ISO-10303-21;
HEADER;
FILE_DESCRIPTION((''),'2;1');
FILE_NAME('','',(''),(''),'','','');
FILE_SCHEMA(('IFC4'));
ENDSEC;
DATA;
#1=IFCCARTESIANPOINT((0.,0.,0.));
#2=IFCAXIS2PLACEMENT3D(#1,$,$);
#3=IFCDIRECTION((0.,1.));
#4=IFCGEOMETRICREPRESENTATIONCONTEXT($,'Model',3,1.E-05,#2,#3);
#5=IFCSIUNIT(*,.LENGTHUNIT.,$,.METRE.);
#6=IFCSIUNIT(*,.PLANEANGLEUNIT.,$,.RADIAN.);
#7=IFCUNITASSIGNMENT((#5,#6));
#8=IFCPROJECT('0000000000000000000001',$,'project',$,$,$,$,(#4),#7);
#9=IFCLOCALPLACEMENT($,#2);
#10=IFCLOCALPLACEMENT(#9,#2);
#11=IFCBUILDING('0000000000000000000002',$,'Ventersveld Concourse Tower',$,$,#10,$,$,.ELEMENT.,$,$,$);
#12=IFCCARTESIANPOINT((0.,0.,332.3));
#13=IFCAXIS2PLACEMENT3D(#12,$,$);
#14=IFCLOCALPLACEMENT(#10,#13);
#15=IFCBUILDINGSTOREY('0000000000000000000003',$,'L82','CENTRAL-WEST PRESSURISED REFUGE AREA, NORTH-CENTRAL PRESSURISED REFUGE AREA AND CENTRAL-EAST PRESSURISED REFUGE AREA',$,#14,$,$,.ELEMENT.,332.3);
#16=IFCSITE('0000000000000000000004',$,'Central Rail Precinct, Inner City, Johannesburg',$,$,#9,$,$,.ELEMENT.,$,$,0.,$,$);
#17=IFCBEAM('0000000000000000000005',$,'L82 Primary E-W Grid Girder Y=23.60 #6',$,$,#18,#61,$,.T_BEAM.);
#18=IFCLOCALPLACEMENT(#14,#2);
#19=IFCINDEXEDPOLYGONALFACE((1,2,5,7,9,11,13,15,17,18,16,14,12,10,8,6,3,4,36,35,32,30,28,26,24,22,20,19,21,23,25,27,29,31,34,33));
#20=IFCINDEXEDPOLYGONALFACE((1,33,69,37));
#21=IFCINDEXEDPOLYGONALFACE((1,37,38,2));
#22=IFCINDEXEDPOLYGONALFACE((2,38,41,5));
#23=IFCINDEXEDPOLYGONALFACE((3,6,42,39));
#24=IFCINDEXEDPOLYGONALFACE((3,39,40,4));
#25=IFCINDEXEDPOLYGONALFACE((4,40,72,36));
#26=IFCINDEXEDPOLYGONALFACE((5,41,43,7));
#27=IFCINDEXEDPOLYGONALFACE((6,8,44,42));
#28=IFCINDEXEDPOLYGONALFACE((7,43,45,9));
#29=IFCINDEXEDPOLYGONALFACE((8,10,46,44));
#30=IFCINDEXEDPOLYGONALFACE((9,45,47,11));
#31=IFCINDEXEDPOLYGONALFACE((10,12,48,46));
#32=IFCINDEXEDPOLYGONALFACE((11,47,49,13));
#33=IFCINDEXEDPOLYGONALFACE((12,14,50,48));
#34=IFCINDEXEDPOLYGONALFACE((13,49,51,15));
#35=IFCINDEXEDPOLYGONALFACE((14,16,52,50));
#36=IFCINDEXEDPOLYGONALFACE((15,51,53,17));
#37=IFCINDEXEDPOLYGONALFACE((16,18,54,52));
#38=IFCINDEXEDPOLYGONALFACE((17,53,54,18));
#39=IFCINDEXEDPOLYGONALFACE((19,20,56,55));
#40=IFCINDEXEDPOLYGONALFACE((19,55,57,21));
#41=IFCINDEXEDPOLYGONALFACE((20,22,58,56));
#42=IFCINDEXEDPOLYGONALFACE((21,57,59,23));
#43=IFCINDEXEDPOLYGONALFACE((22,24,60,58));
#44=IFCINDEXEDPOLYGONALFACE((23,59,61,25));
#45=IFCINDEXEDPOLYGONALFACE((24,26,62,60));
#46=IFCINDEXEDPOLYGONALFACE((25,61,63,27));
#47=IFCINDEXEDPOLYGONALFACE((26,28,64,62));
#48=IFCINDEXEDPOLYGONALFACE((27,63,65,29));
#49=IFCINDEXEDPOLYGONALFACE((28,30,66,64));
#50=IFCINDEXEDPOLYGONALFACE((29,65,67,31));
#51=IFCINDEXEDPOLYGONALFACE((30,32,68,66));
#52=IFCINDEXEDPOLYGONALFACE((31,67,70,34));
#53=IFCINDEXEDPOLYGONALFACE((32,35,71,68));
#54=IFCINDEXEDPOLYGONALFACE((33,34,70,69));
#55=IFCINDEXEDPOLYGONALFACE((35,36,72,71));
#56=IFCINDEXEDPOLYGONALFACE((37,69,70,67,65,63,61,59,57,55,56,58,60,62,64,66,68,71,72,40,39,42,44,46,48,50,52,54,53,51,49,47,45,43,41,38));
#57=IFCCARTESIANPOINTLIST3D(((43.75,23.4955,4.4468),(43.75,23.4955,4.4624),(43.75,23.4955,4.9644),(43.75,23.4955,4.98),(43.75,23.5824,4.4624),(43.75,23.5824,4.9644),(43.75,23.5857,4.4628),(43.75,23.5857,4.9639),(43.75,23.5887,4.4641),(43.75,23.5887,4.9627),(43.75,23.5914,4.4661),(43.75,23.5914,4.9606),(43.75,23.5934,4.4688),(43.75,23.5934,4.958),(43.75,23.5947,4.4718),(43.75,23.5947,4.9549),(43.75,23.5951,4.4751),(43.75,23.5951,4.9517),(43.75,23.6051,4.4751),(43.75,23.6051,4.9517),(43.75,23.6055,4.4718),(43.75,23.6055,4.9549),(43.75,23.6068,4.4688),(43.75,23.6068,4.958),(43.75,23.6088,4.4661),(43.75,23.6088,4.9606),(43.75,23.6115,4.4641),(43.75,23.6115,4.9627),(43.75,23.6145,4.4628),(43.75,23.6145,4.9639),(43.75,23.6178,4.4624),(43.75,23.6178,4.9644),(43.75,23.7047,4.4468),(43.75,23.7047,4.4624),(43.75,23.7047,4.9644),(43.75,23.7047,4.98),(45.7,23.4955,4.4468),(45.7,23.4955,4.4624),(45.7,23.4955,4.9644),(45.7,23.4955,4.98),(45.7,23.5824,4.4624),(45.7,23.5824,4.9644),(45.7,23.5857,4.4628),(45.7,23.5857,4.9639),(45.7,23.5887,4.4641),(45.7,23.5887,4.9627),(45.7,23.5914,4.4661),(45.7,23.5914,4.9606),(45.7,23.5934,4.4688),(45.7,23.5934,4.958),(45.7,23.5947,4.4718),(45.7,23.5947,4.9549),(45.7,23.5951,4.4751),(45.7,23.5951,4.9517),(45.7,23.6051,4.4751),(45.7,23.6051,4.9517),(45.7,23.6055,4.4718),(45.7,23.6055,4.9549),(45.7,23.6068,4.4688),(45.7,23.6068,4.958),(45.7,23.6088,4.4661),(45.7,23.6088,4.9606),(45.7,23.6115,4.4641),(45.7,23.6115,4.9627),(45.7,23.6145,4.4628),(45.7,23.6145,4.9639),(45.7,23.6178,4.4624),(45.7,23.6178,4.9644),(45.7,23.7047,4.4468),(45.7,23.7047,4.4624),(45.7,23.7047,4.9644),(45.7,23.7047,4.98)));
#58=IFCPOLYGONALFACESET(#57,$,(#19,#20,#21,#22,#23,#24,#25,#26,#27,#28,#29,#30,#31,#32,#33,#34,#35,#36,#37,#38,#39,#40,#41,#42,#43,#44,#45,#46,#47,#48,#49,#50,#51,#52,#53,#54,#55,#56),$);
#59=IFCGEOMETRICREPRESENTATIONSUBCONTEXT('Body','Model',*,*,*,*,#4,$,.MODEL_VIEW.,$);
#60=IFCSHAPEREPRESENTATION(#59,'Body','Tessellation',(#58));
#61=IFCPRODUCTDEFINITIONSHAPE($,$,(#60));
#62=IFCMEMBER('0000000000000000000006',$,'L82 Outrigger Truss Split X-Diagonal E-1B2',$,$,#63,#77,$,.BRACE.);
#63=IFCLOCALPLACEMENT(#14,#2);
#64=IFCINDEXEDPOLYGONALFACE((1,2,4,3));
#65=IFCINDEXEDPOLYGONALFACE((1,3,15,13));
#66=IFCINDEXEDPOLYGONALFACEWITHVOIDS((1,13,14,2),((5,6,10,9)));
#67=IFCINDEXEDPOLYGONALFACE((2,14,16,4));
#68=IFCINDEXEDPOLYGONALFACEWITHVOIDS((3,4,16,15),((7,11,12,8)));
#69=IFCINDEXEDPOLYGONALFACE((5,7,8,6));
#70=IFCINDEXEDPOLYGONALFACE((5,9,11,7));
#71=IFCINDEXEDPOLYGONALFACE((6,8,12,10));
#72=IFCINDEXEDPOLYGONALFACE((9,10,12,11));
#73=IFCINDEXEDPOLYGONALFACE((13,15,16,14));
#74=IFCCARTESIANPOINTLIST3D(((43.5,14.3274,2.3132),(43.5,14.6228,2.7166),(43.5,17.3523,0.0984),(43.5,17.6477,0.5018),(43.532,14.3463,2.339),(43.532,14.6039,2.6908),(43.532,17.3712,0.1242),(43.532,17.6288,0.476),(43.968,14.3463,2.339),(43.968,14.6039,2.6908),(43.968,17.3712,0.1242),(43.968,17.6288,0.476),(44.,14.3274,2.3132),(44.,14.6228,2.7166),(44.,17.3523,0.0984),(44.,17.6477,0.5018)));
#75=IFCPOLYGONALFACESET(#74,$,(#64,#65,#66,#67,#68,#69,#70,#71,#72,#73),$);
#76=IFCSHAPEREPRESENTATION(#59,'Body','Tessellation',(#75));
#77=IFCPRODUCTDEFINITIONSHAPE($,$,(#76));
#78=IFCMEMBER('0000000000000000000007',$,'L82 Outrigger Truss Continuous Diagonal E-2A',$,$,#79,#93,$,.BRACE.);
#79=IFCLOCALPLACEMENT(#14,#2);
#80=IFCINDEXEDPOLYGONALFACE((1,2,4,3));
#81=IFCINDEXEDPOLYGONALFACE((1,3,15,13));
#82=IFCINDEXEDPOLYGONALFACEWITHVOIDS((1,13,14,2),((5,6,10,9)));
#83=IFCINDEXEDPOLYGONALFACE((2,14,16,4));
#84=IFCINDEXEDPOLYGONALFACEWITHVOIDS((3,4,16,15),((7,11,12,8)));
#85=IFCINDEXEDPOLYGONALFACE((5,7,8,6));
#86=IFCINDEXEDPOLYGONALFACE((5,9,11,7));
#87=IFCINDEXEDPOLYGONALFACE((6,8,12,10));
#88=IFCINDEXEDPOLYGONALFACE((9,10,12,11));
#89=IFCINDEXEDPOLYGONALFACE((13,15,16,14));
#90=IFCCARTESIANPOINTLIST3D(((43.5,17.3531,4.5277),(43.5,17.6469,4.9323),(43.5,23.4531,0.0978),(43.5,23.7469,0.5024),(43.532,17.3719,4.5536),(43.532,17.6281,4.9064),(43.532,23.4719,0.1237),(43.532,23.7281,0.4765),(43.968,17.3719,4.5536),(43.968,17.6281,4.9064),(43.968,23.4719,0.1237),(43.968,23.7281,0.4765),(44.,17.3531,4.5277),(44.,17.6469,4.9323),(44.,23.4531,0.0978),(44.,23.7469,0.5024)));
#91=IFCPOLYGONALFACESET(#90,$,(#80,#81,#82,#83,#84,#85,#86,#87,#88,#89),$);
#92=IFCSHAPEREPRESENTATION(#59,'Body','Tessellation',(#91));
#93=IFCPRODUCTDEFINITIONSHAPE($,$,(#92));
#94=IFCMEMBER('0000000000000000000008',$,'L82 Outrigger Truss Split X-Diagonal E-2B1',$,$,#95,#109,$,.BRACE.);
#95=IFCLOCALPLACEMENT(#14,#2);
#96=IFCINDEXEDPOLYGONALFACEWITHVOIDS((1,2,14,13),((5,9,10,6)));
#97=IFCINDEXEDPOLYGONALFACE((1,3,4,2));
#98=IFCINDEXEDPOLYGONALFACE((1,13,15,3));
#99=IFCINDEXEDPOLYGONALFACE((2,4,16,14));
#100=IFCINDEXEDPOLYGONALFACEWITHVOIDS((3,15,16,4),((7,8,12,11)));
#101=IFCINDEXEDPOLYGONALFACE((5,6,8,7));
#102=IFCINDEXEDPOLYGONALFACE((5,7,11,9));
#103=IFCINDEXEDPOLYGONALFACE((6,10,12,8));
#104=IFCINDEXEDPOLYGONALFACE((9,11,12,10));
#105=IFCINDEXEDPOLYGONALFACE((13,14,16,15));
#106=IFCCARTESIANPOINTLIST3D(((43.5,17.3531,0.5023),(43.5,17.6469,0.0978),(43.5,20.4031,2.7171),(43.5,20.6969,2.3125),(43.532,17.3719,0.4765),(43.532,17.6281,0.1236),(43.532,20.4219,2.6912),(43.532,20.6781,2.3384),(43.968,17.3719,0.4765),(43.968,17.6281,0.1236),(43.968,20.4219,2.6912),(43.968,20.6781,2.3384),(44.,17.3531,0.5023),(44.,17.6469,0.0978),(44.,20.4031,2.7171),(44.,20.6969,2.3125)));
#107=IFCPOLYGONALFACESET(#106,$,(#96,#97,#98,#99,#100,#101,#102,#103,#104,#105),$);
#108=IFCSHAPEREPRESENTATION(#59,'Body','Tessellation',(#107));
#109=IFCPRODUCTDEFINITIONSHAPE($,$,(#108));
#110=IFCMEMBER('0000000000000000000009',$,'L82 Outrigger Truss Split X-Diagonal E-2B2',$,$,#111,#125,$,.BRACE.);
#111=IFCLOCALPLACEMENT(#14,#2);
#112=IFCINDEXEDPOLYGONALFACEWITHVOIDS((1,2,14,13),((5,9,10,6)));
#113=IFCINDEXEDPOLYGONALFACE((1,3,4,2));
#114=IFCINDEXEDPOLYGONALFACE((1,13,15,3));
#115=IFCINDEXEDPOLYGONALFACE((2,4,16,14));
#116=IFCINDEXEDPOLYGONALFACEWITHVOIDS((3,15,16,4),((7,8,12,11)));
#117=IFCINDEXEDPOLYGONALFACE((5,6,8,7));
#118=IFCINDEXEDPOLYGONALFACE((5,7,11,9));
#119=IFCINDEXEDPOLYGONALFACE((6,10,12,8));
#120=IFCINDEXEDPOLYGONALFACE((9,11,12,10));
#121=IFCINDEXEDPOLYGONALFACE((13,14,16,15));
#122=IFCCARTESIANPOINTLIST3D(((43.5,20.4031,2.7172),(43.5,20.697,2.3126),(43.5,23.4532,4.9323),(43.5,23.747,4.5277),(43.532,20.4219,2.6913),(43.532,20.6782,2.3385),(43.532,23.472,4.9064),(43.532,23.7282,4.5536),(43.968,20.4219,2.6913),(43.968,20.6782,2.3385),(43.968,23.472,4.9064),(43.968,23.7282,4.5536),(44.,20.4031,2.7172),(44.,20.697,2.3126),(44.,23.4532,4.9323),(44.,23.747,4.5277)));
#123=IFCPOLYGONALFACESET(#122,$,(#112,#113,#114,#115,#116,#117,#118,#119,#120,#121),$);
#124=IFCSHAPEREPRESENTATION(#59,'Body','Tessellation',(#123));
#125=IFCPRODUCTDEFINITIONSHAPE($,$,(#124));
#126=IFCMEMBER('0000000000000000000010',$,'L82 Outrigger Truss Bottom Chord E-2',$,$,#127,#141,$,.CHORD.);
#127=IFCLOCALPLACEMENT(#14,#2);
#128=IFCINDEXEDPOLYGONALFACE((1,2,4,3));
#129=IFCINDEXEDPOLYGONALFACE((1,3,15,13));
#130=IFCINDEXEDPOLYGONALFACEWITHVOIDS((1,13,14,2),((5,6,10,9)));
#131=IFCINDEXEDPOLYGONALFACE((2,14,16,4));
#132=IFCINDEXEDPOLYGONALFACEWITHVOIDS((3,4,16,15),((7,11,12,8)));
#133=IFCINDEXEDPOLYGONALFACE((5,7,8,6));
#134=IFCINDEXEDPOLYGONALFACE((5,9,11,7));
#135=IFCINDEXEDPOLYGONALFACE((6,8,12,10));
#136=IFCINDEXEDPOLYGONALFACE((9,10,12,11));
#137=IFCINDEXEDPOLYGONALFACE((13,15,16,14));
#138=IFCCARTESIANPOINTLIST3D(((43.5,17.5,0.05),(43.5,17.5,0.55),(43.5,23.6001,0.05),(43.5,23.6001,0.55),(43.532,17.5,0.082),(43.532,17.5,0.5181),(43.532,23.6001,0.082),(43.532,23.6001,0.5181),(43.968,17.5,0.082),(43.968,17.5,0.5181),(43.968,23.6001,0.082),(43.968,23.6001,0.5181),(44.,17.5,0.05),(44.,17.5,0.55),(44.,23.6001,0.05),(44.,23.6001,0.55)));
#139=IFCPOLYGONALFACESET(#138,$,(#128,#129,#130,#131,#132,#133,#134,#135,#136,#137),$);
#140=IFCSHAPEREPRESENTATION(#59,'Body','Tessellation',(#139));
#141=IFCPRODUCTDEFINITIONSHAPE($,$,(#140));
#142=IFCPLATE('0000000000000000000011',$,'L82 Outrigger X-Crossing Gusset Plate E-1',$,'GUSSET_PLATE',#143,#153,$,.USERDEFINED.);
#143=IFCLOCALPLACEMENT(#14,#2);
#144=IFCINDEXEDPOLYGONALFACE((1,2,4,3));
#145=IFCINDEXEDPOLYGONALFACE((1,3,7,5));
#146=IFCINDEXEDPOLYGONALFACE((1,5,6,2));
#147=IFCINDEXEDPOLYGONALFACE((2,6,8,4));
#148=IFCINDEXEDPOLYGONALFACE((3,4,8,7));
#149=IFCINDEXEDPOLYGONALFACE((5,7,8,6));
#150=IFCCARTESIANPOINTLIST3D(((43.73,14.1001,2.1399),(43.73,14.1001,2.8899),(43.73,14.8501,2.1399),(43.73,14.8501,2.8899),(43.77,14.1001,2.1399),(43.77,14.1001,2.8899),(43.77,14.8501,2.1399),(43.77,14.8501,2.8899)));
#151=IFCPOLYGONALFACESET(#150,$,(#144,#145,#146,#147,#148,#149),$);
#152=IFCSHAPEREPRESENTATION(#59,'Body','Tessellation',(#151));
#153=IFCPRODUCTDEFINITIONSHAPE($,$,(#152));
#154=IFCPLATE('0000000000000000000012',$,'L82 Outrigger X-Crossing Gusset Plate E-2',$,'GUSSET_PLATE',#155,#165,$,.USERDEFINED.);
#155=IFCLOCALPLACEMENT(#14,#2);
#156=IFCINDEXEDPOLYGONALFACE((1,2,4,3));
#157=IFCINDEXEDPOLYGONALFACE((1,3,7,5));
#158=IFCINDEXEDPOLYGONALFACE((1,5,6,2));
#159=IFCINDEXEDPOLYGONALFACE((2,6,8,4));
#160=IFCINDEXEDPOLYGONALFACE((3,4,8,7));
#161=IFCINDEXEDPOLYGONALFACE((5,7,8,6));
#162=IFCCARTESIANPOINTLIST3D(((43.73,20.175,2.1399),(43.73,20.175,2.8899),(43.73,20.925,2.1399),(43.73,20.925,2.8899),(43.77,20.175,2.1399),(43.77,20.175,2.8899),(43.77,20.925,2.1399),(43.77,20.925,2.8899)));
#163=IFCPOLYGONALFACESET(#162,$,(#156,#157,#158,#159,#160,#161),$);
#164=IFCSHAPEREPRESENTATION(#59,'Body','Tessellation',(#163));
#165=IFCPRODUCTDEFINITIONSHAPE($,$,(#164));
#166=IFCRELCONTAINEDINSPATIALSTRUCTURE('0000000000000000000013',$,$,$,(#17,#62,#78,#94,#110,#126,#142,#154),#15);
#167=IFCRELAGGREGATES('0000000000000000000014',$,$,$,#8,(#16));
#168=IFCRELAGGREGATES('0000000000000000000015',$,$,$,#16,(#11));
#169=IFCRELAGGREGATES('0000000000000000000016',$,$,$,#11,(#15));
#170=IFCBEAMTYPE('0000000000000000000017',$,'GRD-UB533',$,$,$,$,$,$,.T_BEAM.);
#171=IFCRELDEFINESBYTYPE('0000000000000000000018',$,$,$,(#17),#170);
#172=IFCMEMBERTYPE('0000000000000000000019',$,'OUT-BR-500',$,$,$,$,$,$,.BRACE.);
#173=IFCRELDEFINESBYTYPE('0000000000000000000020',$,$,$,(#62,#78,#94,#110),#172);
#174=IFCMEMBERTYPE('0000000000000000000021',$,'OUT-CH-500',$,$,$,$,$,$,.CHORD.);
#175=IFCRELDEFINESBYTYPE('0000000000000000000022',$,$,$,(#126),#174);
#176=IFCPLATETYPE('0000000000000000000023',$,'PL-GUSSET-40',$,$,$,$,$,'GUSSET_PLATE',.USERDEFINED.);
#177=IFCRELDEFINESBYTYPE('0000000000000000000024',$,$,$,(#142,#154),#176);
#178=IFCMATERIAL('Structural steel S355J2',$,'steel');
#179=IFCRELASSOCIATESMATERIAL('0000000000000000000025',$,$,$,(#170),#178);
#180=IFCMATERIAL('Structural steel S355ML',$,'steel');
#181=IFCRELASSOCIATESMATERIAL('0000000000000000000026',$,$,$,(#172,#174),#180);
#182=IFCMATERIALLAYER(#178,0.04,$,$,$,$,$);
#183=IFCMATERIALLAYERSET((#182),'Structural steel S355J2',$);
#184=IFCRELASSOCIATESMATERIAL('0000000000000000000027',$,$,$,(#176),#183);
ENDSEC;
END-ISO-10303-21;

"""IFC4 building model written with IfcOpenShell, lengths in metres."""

from ifc_helpers import new_model, si_unit, direction, frame, origin, origin_2d, place, context, subcontext, project, spatial, rectangle, hollow_rectangle, i_section, extrude, material, layer, layer_set, material_profile, profile_set, type_object, element, save


model = new_model("IFC4")

# Units and contexts
model_context = context("Model", 3, precision=1e-05, world=origin(), true_north=direction((0.0, 1.0)))
body_context = subcontext(model_context, "Body", "Model", "MODEL_VIEW")
ifc_project = project(units=[si_unit("LENGTHUNIT", "METRE"), si_unit("PLANEANGLEUNIT", "RADIAN")], contexts=[model_context])

# Site, building, storey
site_placement = place(None, origin())
site = spatial("IfcSite", under=ifc_project, at=site_placement, Name="Central Rail Precinct, Inner City, Johannesburg", CompositionType="ELEMENT", RefElevation=0.0)
building_placement = place(site_placement, origin())
building = spatial("IfcBuilding", under=site, at=building_placement, Name="Ventersveld Concourse Tower", CompositionType="ELEMENT")
storey_placement = place(building_placement, frame((0.0, 0.0, 332.3)))
storey = spatial("IfcBuildingStorey", under=building, at=storey_placement, Name="L82", Description="CENTRAL-WEST PRESSURISED REFUGE AREA, NORTH-CENTRAL PRESSURISED REFUGE AREA AND CENTRAL-EAST PRESSURISED REFUGE AREA", CompositionType="ELEMENT", Elevation=332.3)

# Shared definitions
ifc_material_1 = material(Name="Structural steel S355J2", Category="steel")

# Shared definitions
ifc_material_2 = material(Name="Structural steel S355ML", Category="steel")

# Beam
ifc_material_profile_1 = material_profile(ifc_material_1, i_section(OverallWidth=0.2092, OverallDepth=0.5332, WebThickness=0.01, FlangeThickness=0.0156, FilletRadius=0.0127, at=origin_2d()), Name="UB 533x210x92")
ifc_profile_set_1 = profile_set([ifc_material_profile_1], Name="Structural steel S355J2")
beam_type_1 = type_object("IfcBeamType", Name="GRD-UB533", PredefinedType="T_BEAM", material=ifc_profile_set_1)
beam_1_placement = place(storey_placement, frame((43.75, 23.6001, 4.7134), z_axis=(1.0, 0.0, 0.0), x_axis=(0.0, 1.0, 0.0)))
element("IfcBeam", 1, at=beam_1_placement, inside=storey, type_object=beam_type_1, Name="L82 Primary E-W Grid Girder Y=23.60 #6", PredefinedType="T_BEAM", context=body_context, shape_type="SweptSolid", body=[
    extrude(i_section(OverallWidth=0.2092, OverallDepth=0.5332, WebThickness=0.01, FlangeThickness=0.0156, FilletRadius=0.0127, at=origin_2d()), origin(), (0.0, 0.0, 1.0), 1.95),
])

# Members
ifc_material_profile_2 = material_profile(ifc_material_2, hollow_rectangle(XDim=0.5, YDim=0.5, WallThickness=0.032, at=origin_2d()), Name="BOX 500x500x32")
ifc_profile_set_2 = profile_set([ifc_material_profile_2], Name="Structural steel S355ML")
member_type_1 = type_object("IfcMemberType", Name="OUT-BR-500", PredefinedType="BRACE", material=ifc_profile_set_2)
member_1_placement = place(storey_placement, frame((43.75, 14.4751, 2.5149), z_axis=(0.0, 0.80684, -0.590771), x_axis=(-1.0, 0.0, 0.0)))
element("IfcMember", 2, at=member_1_placement, inside=storey, type_object=member_type_1, Name="L82 Outrigger Truss Split X-Diagonal E-1B2", PredefinedType="BRACE", context=body_context, shape_type="SweptSolid", body=[
    extrude(hollow_rectangle(XDim=0.5, YDim=0.5, WallThickness=0.032, at=origin_2d()), origin(), (0.0, 0.0, 1.0), 3.749),
])
member_2_placement = place(storey_placement, frame((43.75, 17.5, 4.73), z_axis=(0.0, 0.809146, -0.587607), x_axis=(-1.0, 0.0, 0.0)))
element("IfcMember", 3, at=member_2_placement, inside=storey, type_object=member_type_1, Name="L82 Outrigger Truss Continuous Diagonal E-2A", PredefinedType="BRACE", context=body_context, shape_type="SweptSolid", body=[
    extrude(hollow_rectangle(XDim=0.5, YDim=0.5, WallThickness=0.032, at=origin_2d()), origin(), (0.0, 0.0, 1.0), 7.5388),
])
member_3_placement = place(storey_placement, frame((43.75, 17.5, 0.3), z_axis=(0.0, 0.809162, 0.587586), x_axis=(-1.0, 0.0, 0.0)))
element("IfcMember", 4, at=member_3_placement, inside=storey, type_object=member_type_1, Name="L82 Outrigger Truss Split X-Diagonal E-2B1", PredefinedType="BRACE", context=body_context, shape_type="SweptSolid", body=[
    extrude(hollow_rectangle(XDim=0.5, YDim=0.5, WallThickness=0.032, at=origin_2d()), origin(), (0.0, 0.0, 1.0), 3.7693),
])
member_4_placement = place(storey_placement, frame((43.75, 20.55, 2.5149), z_axis=(0.0, 0.809131, 0.587629), x_axis=(-1.0, 0.0, 0.0)))
element("IfcMember", 5, at=member_4_placement, inside=storey, type_object=member_type_1, Name="L82 Outrigger Truss Split X-Diagonal E-2B2", PredefinedType="BRACE", context=body_context, shape_type="SweptSolid", body=[
    extrude(hollow_rectangle(XDim=0.5, YDim=0.5, WallThickness=0.032, at=origin_2d()), origin(), (0.0, 0.0, 1.0), 3.7695),
])
ifc_material_profile_3 = material_profile(ifc_material_2, hollow_rectangle(XDim=0.5, YDim=0.5, WallThickness=0.032, at=origin_2d()), Name="BOX 500x500x32")
ifc_profile_set_3 = profile_set([ifc_material_profile_3], Name="Structural steel S355ML")
member_type_2 = type_object("IfcMemberType", Name="OUT-CH-500", PredefinedType="CHORD", material=ifc_profile_set_3)
member_5_placement = place(storey_placement, frame((43.75, 17.5, 0.3), z_axis=(0.0, 1.0, 0.0), x_axis=(-1.0, 0.0, 0.0)))
element("IfcMember", 6, at=member_5_placement, inside=storey, type_object=member_type_2, Name="L82 Outrigger Truss Bottom Chord E-2", PredefinedType="CHORD", context=body_context, shape_type="SweptSolid", body=[
    extrude(hollow_rectangle(XDim=0.5, YDim=0.5, WallThickness=0.032, at=origin_2d()), origin(), (0.0, 0.0, 1.0), 6.1001),
])

# Plates
ifc_layer_1 = layer(ifc_material_1, 0.04)
ifc_layer_set_1 = layer_set([ifc_layer_1], Name="Structural steel S355J2")
plate_type = type_object("IfcPlateType", Name="PL-GUSSET-40", ElementType="GUSSET_PLATE", PredefinedType="USERDEFINED", material=ifc_layer_set_1)
for number, where, z_axis, x_axis, name in (
    (7, (43.75, 14.4751, 2.1399), (0.0, 0.0, 1.0), (1.0, 0.0, 0.0), "L82 Outrigger X-Crossing Gusset Plate E-1"),
    (8, (43.75, 20.55, 2.1399), (0.0, 0.0, 1.0), (1.0, 0.0, 0.0), "L82 Outrigger X-Crossing Gusset Plate E-2"),
):
    element("IfcPlate", number, at=place(storey_placement, frame(where, z_axis=z_axis, x_axis=x_axis)), inside=storey, type_object=plate_type, Name=name, ObjectType="GUSSET_PLATE", PredefinedType="USERDEFINED", context=body_context, shape_type="SweptSolid", body=[
        extrude(rectangle(XDim=0.04, YDim=0.75, at=origin_2d()), origin(), (0.0, 0.0, 1.0), 0.75),
    ])

save(model, "model.ifc")
